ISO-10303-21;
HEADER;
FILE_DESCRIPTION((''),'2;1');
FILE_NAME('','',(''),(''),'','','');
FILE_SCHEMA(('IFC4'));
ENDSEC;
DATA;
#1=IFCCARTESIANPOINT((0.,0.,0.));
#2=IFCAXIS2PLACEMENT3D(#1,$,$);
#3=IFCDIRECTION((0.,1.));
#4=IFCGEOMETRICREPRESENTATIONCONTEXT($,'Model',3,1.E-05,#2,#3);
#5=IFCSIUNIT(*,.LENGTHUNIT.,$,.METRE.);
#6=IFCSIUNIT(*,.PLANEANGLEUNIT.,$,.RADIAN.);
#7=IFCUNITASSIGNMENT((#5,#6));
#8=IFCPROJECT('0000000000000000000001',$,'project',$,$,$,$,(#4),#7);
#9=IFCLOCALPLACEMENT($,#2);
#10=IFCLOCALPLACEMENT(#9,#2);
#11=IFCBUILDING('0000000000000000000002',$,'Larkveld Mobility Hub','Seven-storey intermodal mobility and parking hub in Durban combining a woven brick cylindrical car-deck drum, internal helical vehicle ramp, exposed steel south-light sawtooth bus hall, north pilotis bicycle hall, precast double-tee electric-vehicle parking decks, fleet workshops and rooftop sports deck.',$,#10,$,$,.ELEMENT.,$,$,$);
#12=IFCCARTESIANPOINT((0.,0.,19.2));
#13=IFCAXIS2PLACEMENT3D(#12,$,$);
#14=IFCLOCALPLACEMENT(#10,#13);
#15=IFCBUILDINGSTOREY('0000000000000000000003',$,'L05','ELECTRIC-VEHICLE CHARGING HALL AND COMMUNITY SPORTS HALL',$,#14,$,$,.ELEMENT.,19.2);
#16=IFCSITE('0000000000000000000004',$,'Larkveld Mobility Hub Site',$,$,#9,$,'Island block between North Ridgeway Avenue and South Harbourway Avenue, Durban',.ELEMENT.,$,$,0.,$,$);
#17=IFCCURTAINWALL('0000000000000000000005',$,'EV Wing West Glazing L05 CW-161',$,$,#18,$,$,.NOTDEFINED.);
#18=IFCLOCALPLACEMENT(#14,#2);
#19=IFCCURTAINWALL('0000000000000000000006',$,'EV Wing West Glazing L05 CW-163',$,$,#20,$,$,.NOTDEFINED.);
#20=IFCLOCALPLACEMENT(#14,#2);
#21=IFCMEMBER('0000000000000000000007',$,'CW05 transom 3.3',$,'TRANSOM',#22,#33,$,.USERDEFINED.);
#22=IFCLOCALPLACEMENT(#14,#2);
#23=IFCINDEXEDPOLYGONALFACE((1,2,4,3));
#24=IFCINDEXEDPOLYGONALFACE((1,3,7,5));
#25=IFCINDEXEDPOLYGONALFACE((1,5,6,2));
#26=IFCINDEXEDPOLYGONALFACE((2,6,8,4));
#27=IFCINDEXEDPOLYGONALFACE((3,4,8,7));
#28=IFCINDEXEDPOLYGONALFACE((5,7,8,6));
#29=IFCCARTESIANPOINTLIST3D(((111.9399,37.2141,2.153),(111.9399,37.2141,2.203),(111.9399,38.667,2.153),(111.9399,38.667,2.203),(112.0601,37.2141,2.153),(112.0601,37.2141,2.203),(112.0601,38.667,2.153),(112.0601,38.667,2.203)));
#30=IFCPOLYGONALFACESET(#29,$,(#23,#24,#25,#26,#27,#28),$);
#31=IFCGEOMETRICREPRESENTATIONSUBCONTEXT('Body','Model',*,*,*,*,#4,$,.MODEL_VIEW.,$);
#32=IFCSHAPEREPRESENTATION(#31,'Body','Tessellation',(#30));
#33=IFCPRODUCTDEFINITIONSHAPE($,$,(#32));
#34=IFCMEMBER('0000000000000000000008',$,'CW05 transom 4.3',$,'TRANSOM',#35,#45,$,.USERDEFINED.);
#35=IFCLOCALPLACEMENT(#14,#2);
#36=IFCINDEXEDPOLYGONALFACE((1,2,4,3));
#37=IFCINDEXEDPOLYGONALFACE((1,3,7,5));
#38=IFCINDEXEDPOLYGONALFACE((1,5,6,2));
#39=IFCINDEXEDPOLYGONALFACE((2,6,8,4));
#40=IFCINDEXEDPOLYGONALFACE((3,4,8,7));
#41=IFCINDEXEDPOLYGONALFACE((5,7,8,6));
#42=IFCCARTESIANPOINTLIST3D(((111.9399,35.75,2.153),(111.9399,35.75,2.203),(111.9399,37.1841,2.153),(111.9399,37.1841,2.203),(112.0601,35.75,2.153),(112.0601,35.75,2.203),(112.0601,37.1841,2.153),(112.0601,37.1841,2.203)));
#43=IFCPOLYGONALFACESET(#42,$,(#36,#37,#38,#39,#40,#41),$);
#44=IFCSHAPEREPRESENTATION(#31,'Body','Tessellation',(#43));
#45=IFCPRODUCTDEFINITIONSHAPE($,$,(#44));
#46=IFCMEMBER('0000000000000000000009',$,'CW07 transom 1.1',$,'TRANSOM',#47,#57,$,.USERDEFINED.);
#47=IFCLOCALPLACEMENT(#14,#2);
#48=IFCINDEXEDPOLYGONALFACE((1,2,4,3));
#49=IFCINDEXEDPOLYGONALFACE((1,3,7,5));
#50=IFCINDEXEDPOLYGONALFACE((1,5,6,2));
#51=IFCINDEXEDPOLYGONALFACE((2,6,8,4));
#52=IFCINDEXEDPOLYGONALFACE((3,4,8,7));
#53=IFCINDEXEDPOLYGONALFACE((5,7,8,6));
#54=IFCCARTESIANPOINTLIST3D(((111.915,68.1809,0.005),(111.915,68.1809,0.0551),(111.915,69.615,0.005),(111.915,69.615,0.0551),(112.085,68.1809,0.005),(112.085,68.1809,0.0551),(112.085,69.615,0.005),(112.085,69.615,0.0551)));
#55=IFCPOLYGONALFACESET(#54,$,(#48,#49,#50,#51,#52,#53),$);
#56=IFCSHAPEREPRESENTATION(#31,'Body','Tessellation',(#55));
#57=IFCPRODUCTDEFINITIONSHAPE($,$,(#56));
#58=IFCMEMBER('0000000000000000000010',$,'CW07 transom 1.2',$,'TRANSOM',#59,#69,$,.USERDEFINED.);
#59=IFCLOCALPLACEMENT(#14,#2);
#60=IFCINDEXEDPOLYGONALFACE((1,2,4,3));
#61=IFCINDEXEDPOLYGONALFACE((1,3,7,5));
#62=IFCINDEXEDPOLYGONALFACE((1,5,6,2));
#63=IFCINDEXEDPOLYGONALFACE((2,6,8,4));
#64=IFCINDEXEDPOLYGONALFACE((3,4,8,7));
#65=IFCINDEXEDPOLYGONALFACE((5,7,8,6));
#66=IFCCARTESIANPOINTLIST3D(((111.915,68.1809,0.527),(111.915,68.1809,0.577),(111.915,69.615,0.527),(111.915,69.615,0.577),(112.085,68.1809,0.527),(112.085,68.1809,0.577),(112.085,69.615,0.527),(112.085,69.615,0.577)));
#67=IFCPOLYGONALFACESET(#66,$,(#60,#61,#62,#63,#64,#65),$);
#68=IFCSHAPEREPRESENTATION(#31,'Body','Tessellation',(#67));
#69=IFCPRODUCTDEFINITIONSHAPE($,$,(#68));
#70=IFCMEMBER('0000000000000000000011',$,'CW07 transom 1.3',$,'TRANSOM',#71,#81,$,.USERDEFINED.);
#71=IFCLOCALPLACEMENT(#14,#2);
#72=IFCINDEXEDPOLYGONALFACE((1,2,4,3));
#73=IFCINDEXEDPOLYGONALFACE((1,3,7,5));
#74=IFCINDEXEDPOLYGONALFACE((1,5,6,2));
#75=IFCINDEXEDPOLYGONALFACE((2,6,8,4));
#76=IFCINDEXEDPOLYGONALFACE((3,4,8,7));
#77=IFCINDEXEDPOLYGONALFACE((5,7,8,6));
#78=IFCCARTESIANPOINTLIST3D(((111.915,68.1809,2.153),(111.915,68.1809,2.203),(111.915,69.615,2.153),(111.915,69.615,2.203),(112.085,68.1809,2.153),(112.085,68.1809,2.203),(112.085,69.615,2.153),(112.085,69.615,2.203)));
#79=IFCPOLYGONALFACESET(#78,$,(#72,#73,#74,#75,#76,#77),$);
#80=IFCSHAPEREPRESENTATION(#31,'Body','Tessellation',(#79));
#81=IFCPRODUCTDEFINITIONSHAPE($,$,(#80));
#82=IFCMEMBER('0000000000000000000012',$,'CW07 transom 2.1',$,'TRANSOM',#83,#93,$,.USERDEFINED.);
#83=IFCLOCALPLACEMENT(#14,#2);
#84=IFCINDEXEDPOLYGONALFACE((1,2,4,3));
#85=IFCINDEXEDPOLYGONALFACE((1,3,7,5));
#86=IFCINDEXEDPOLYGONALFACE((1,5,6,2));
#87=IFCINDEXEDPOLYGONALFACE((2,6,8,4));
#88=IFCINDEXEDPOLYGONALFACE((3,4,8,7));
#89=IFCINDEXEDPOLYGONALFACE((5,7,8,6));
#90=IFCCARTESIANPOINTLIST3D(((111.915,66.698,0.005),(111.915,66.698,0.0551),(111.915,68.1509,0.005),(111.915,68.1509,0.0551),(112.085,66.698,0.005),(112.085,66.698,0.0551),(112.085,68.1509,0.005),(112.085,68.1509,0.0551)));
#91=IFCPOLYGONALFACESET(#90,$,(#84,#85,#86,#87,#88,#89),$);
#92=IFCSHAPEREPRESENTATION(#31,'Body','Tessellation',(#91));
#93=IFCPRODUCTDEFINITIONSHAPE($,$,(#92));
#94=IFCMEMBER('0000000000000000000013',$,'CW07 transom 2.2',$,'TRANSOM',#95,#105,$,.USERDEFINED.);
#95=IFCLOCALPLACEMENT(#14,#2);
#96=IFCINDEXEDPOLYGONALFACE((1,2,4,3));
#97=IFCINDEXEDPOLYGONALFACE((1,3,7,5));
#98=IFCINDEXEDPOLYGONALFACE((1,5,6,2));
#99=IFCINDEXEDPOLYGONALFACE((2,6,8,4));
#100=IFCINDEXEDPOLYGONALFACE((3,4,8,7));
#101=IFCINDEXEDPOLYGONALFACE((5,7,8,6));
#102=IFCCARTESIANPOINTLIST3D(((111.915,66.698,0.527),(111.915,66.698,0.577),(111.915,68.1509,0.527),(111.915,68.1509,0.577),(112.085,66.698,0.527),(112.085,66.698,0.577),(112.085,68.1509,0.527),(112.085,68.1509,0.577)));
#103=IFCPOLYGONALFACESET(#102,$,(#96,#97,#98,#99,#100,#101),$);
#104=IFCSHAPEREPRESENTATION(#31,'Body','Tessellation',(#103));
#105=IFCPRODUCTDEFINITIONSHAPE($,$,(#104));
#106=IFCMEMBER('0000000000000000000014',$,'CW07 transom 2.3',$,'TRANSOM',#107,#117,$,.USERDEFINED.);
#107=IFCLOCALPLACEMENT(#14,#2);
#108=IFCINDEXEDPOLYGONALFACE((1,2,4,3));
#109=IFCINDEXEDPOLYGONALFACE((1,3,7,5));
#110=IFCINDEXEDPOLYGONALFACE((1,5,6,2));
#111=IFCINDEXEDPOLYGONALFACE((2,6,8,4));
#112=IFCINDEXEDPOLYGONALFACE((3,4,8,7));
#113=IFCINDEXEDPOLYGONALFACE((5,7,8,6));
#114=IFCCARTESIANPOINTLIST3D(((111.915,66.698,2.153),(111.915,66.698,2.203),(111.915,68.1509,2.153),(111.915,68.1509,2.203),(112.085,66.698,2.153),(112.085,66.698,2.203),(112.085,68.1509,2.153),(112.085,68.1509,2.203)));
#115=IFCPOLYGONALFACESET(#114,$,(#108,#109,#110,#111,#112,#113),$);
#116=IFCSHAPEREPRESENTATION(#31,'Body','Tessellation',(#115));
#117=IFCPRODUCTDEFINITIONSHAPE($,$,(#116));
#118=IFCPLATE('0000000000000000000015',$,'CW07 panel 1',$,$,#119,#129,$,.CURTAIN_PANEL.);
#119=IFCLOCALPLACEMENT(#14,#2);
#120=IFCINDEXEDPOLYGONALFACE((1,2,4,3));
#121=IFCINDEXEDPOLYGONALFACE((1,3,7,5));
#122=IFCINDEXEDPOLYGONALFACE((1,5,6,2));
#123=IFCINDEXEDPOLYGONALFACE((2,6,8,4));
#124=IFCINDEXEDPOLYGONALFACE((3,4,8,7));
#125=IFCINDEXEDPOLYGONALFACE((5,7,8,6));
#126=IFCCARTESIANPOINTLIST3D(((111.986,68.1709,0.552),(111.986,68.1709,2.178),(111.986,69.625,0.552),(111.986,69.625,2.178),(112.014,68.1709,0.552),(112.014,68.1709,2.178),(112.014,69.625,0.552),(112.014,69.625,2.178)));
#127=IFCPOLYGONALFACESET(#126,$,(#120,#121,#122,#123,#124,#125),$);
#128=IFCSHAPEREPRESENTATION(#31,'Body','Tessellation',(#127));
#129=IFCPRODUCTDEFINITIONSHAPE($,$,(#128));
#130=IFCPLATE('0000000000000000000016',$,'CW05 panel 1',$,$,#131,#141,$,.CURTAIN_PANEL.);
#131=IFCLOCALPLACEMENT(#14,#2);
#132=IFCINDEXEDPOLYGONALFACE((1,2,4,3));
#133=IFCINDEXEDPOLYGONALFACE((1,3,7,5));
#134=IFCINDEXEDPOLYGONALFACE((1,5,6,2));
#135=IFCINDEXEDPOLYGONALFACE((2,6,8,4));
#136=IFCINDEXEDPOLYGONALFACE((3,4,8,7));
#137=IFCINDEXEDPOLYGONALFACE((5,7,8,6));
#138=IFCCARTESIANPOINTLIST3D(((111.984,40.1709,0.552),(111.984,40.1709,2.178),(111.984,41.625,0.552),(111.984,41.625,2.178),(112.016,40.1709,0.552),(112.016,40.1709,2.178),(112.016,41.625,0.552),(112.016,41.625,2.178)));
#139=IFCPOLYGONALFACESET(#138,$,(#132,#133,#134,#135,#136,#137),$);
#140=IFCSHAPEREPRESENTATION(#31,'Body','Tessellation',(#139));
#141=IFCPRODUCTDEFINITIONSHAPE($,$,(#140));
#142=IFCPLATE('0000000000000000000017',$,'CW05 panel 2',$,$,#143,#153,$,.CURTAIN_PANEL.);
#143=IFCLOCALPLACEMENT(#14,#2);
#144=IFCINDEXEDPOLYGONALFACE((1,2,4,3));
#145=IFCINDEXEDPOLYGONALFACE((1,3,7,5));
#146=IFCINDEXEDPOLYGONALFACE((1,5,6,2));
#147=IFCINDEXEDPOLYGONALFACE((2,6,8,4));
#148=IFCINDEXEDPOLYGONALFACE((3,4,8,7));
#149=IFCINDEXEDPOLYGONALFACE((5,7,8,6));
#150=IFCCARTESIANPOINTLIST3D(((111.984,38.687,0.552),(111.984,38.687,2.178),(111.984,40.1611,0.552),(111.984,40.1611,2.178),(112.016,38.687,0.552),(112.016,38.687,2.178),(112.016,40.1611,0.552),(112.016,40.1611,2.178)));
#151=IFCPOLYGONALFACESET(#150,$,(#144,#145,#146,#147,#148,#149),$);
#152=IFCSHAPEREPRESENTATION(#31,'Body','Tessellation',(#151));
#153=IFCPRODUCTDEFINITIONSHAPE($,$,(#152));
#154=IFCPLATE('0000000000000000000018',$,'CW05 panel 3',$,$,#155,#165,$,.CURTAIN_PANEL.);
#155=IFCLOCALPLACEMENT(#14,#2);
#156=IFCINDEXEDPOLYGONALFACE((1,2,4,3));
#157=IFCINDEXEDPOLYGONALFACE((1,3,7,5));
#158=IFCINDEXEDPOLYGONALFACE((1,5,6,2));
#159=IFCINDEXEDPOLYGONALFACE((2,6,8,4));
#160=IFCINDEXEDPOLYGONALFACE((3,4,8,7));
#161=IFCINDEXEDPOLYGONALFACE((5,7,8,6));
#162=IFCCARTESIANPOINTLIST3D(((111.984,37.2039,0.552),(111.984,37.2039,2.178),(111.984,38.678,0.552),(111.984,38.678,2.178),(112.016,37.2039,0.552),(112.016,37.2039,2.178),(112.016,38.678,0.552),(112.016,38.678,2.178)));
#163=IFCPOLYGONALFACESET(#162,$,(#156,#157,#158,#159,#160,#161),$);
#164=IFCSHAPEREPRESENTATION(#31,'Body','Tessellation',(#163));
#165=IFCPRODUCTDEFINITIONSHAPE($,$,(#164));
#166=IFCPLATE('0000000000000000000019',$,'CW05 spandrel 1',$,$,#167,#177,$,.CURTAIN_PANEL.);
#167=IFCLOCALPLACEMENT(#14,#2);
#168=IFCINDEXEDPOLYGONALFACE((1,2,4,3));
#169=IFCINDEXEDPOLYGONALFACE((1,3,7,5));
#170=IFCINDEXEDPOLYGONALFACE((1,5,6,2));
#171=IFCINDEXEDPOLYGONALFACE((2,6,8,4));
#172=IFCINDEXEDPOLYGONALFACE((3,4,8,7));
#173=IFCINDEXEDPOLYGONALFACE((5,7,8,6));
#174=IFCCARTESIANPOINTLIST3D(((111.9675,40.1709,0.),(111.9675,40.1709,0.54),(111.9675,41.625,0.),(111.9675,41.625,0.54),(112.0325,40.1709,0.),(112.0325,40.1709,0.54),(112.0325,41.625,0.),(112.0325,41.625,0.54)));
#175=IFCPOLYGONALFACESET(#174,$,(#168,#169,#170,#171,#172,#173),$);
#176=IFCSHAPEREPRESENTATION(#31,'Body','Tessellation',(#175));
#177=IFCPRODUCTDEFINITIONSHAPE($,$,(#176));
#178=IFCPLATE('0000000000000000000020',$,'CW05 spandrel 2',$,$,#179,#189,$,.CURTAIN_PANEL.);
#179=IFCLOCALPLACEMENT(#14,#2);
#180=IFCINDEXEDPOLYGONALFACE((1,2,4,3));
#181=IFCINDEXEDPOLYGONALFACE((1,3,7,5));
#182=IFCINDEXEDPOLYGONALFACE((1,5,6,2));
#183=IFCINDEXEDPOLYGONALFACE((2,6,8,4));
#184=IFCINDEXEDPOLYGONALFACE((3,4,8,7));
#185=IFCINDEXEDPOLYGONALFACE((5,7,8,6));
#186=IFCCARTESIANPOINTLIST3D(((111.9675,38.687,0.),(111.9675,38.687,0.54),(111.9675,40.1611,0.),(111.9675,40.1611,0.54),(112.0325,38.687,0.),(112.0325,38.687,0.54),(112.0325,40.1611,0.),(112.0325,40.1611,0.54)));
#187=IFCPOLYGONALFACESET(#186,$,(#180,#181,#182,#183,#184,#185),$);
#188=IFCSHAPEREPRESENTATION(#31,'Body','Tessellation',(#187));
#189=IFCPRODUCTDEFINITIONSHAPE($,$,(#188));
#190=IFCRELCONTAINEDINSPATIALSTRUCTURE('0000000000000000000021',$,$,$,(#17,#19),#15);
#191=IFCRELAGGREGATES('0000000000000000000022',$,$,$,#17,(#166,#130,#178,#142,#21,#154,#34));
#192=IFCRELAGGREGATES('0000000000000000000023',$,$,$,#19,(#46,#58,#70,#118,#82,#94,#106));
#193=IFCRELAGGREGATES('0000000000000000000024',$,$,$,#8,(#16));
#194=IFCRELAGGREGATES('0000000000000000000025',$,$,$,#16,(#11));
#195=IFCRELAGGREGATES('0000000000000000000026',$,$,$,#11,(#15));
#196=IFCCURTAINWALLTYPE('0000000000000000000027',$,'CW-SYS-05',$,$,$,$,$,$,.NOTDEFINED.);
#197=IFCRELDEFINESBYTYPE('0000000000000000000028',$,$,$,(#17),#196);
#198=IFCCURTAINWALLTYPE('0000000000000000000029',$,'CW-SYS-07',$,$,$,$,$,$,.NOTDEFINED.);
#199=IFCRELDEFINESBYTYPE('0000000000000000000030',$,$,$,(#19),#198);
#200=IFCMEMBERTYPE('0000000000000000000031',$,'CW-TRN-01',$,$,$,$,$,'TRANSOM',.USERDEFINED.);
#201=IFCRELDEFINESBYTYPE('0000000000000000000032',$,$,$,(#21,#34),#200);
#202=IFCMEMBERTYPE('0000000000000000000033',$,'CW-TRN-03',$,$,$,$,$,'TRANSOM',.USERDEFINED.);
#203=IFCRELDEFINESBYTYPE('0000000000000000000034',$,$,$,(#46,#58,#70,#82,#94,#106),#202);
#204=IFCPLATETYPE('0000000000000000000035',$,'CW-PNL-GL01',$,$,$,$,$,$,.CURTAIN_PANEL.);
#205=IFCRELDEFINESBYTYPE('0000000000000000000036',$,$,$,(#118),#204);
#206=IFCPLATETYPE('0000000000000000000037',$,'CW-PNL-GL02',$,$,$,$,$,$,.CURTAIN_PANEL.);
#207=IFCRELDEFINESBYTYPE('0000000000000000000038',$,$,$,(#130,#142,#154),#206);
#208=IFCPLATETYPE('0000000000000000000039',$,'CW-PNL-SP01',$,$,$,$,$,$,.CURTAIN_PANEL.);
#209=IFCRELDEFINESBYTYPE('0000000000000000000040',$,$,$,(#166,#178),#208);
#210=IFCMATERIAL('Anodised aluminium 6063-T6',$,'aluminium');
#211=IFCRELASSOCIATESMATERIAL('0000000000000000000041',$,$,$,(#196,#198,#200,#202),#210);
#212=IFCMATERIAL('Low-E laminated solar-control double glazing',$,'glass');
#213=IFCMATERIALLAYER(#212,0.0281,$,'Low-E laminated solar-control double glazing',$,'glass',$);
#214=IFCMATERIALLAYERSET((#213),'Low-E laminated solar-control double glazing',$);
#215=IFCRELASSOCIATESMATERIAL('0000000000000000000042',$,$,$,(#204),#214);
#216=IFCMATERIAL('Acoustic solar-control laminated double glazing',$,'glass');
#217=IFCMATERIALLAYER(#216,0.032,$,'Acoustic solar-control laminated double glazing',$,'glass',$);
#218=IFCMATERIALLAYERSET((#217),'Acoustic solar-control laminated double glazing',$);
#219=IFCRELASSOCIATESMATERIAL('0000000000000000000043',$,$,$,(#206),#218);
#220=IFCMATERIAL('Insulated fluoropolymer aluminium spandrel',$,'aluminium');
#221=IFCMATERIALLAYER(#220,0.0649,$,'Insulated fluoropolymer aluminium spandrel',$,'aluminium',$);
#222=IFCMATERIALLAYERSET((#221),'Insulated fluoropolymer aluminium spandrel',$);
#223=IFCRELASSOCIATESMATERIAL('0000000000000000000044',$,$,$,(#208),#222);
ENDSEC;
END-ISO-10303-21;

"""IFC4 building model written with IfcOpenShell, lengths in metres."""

from ifc_helpers import new_model, si_unit, direction, frame, origin, origin_2d, place, context, subcontext, project, spatial, rectangle, extrude, material, layer, layer_set, material_profile, profile_set, type_object, element, aggregate, save


model = new_model("IFC4")

# Units and contexts
model_context = context("Model", 3, precision=1e-05, world=origin(), true_north=direction((0.0, 1.0)))
body_context = subcontext(model_context, "Body", "Model", "MODEL_VIEW")
ifc_project = project(units=[si_unit("LENGTHUNIT", "METRE"), si_unit("PLANEANGLEUNIT", "RADIAN")], contexts=[model_context])

# Site, building, storey
site_placement = place(None, origin())
site = spatial("IfcSite", under=ifc_project, at=site_placement, Name="Larkveld Mobility Hub Site", LongName="Island block between North Ridgeway Avenue and South Harbourway Avenue, Durban", CompositionType="ELEMENT", RefElevation=0.0)
building_placement = place(site_placement, origin())
building = spatial("IfcBuilding", under=site, at=building_placement, Name="Larkveld Mobility Hub", Description="Seven-storey intermodal mobility and parking hub in Durban combining a woven brick cylindrical car-deck drum, internal helical vehicle ramp, exposed steel south-light sawtooth bus hall, north pilotis bicycle hall, precast double-tee electric-vehicle parking decks, fleet workshops and rooftop sports deck.", CompositionType="ELEMENT")
storey_placement = place(building_placement, frame((0.0, 0.0, 19.2)))
storey = spatial("IfcBuildingStorey", under=building, at=storey_placement, Name="L05", Description="ELECTRIC-VEHICLE CHARGING HALL AND COMMUNITY SPORTS HALL", CompositionType="ELEMENT", Elevation=19.2)

# Curtain wall
ifc_material_1 = material(Name="Anodised aluminium 6063-T6", Category="aluminium")
curtain_wall_type_1 = type_object("IfcCurtainWallType", Name="CW-SYS-05", PredefinedType="NOTDEFINED", material=ifc_material_1)
curtain_wall_1_placement = place(storey_placement, origin())
curtain_wall_1 = element("IfcCurtainWall", 1, at=curtain_wall_1_placement, inside=storey, type_object=curtain_wall_type_1, Name="EV Wing West Glazing L05 CW-161", PredefinedType="NOTDEFINED")

# Curtain wall
curtain_wall_type_2 = type_object("IfcCurtainWallType", Name="CW-SYS-07", PredefinedType="NOTDEFINED", material=ifc_material_1)
curtain_wall_2_placement = place(storey_placement, origin())
curtain_wall_2 = element("IfcCurtainWall", 2, at=curtain_wall_2_placement, inside=storey, type_object=curtain_wall_type_2, Name="EV Wing West Glazing L05 CW-163", PredefinedType="NOTDEFINED")

# Members
ifc_material_profile_1 = material_profile(ifc_material_1, rectangle(XDim=0.1201, YDim=0.05, at=origin_2d()), Name="ALU TRAN 50x120")
ifc_profile_set_1 = profile_set([ifc_material_profile_1], Name="Anodised aluminium 6063-T6")
member_type_1 = type_object("IfcMemberType", Name="CW-TRN-01", ElementType="TRANSOM", PredefinedType="USERDEFINED", material=ifc_profile_set_1)
member_1_placement = place(storey_placement, frame((112.0, 38.667, 2.178), z_axis=(0.0, -1.0, 0.0), x_axis=(1.0, 0.0, 0.0)))
member_1 = element("IfcMember", 3, at=member_1_placement, type_object=member_type_1, Name="CW05 transom 3.3", ObjectType="TRANSOM", PredefinedType="USERDEFINED", context=body_context, shape_type="SweptSolid", body=[
    extrude(rectangle(XDim=0.1201, YDim=0.05, at=origin_2d()), origin(), (0.0, 0.0, 1.0), 1.4529),
])
member_2_placement = place(storey_placement, frame((112.0, 37.1841, 2.178), z_axis=(0.0, -1.0, 0.0), x_axis=(1.0, 0.0, 0.0)))
member_2 = element("IfcMember", 4, at=member_2_placement, type_object=member_type_1, Name="CW05 transom 4.3", ObjectType="TRANSOM", PredefinedType="USERDEFINED", context=body_context, shape_type="SweptSolid", body=[
    extrude(rectangle(XDim=0.1201, YDim=0.05, at=origin_2d()), origin(), (0.0, 0.0, 1.0), 1.4341),
])
ifc_material_profile_2 = material_profile(ifc_material_1, rectangle(XDim=0.1699, YDim=0.05, at=origin_2d()), Name="ALU TRAN 50x170")
ifc_profile_set_2 = profile_set([ifc_material_profile_2], Name="Anodised aluminium 6063-T6")
member_type_2 = type_object("IfcMemberType", Name="CW-TRN-03", ElementType="TRANSOM", PredefinedType="USERDEFINED", material=ifc_profile_set_2)
member_3_placement = place(storey_placement, frame((112.0, 69.615, 0.03), z_axis=(0.0, -1.0, 0.0), x_axis=(1.0, 0.0, 0.0)))
member_3 = element("IfcMember", 5, at=member_3_placement, type_object=member_type_2, Name="CW07 transom 1.1", ObjectType="TRANSOM", PredefinedType="USERDEFINED", context=body_context, shape_type="SweptSolid", body=[
    extrude(rectangle(XDim=0.1699, YDim=0.05, at=origin_2d()), origin(), (0.0, 0.0, 1.0), 1.4341),
])
member_4_placement = place(storey_placement, frame((112.0, 69.615, 0.552), z_axis=(0.0, -1.0, 0.0), x_axis=(1.0, 0.0, 0.0)))
member_4 = element("IfcMember", 6, at=member_4_placement, type_object=member_type_2, Name="CW07 transom 1.2", ObjectType="TRANSOM", PredefinedType="USERDEFINED", context=body_context, shape_type="SweptSolid", body=[
    extrude(rectangle(XDim=0.1699, YDim=0.05, at=origin_2d()), origin(), (0.0, 0.0, 1.0), 1.4341),
])
member_5_placement = place(storey_placement, frame((112.0, 69.615, 2.178), z_axis=(0.0, -1.0, 0.0), x_axis=(1.0, 0.0, 0.0)))
member_5 = element("IfcMember", 7, at=member_5_placement, type_object=member_type_2, Name="CW07 transom 1.3", ObjectType="TRANSOM", PredefinedType="USERDEFINED", context=body_context, shape_type="SweptSolid", body=[
    extrude(rectangle(XDim=0.1699, YDim=0.05, at=origin_2d()), origin(), (0.0, 0.0, 1.0), 1.4341),
])
member_6_placement = place(storey_placement, frame((112.0, 68.1509, 0.03), z_axis=(0.0, -1.0, 0.0), x_axis=(1.0, 0.0, 0.0)))
member_6 = element("IfcMember", 8, at=member_6_placement, type_object=member_type_2, Name="CW07 transom 2.1", ObjectType="TRANSOM", PredefinedType="USERDEFINED", context=body_context, shape_type="SweptSolid", body=[
    extrude(rectangle(XDim=0.1699, YDim=0.05, at=origin_2d()), origin(), (0.0, 0.0, 1.0), 1.4529),
])
member_7_placement = place(storey_placement, frame((112.0, 68.1509, 0.552), z_axis=(0.0, -1.0, 0.0), x_axis=(1.0, 0.0, 0.0)))
member_7 = element("IfcMember", 9, at=member_7_placement, type_object=member_type_2, Name="CW07 transom 2.2", ObjectType="TRANSOM", PredefinedType="USERDEFINED", context=body_context, shape_type="SweptSolid", body=[
    extrude(rectangle(XDim=0.1699, YDim=0.05, at=origin_2d()), origin(), (0.0, 0.0, 1.0), 1.4529),
])
member_8_placement = place(storey_placement, frame((112.0, 68.1509, 2.178), z_axis=(0.0, -1.0, 0.0), x_axis=(1.0, 0.0, 0.0)))
member_8 = element("IfcMember", 10, at=member_8_placement, type_object=member_type_2, Name="CW07 transom 2.3", ObjectType="TRANSOM", PredefinedType="USERDEFINED", context=body_context, shape_type="SweptSolid", body=[
    extrude(rectangle(XDim=0.1699, YDim=0.05, at=origin_2d()), origin(), (0.0, 0.0, 1.0), 1.4529),
])

# Plates
ifc_material_2 = material(Name="Low-E laminated solar-control double glazing", Category="glass")
ifc_layer_1 = layer(ifc_material_2, 0.0281, Name="Low-E laminated solar-control double glazing", Category="glass")
ifc_layer_set_1 = layer_set([ifc_layer_1], Name="Low-E laminated solar-control double glazing")
plate_type_1 = type_object("IfcPlateType", Name="CW-PNL-GL01", PredefinedType="CURTAIN_PANEL", material=ifc_layer_set_1)
plate_1_placement = place(storey_placement, frame((112.0, 68.8979, 0.552), z_axis=(0.0, 0.0, 1.0), x_axis=(0.0, -1.0, 0.0)))
plate_1 = element("IfcPlate", 11, at=plate_1_placement, type_object=plate_type_1, Name="CW07 panel 1", PredefinedType="CURTAIN_PANEL", context=body_context, shape_type="SweptSolid", body=[
    extrude(rectangle(XDim=1.4541, YDim=0.0281, at=origin_2d()), origin(), (0.0, 0.0, 1.0), 1.626),
])
ifc_material_3 = material(Name="Acoustic solar-control laminated double glazing", Category="glass")
ifc_layer_2 = layer(ifc_material_3, 0.032, Name="Acoustic solar-control laminated double glazing", Category="glass")
ifc_layer_set_2 = layer_set([ifc_layer_2], Name="Acoustic solar-control laminated double glazing")
plate_type_2 = type_object("IfcPlateType", Name="CW-PNL-GL02", PredefinedType="CURTAIN_PANEL", material=ifc_layer_set_2)
plate_2_placement = place(storey_placement, frame((112.0, 40.8979, 0.552), z_axis=(0.0, 0.0, 1.0), x_axis=(0.0, -1.0, 0.0)))
plate_2 = element("IfcPlate", 12, at=plate_2_placement, type_object=plate_type_2, Name="CW05 panel 1", PredefinedType="CURTAIN_PANEL", context=body_context, shape_type="SweptSolid", body=[
    extrude(rectangle(XDim=1.4541, YDim=0.032, at=origin_2d()), origin(), (0.0, 0.0, 1.0), 1.626),
])
plate_3_placement = place(storey_placement, frame((112.0, 39.4241, 0.552), z_axis=(0.0, 0.0, 1.0), x_axis=(0.0, -1.0, 0.0)))
plate_3 = element("IfcPlate", 13, at=plate_3_placement, type_object=plate_type_2, Name="CW05 panel 2", PredefinedType="CURTAIN_PANEL", context=body_context, shape_type="SweptSolid", body=[
    extrude(rectangle(XDim=1.4741, YDim=0.032, at=origin_2d()), origin(), (0.0, 0.0, 1.0), 1.626),
])
plate_4_placement = place(storey_placement, frame((112.0, 37.9409, 0.552), z_axis=(0.0, 0.0, 1.0), x_axis=(0.0, -1.0, 0.0)))
plate_4 = element("IfcPlate", 14, at=plate_4_placement, type_object=plate_type_2, Name="CW05 panel 3", PredefinedType="CURTAIN_PANEL", context=body_context, shape_type="SweptSolid", body=[
    extrude(rectangle(XDim=1.4741, YDim=0.032, at=origin_2d()), origin(), (0.0, 0.0, 1.0), 1.626),
])
ifc_material_4 = material(Name="Insulated fluoropolymer aluminium spandrel", Category="aluminium")
ifc_layer_3 = layer(ifc_material_4, 0.0649, Name="Insulated fluoropolymer aluminium spandrel", Category="aluminium")
ifc_layer_set_3 = layer_set([ifc_layer_3], Name="Insulated fluoropolymer aluminium spandrel")
plate_type_3 = type_object("IfcPlateType", Name="CW-PNL-SP01", PredefinedType="CURTAIN_PANEL", material=ifc_layer_set_3)
plate_5_placement = place(storey_placement, frame((112.0, 40.8979, 0.0), z_axis=(0.0, 0.0, 1.0), x_axis=(0.0, -1.0, 0.0)))
plate_5 = element("IfcPlate", 15, at=plate_5_placement, type_object=plate_type_3, Name="CW05 spandrel 1", PredefinedType="CURTAIN_PANEL", context=body_context, shape_type="SweptSolid", body=[
    extrude(rectangle(XDim=1.4541, YDim=0.0649, at=origin_2d()), origin(), (0.0, 0.0, 1.0), 0.54),
])
plate_6_placement = place(storey_placement, frame((112.0, 39.4241, 0.0), z_axis=(0.0, 0.0, 1.0), x_axis=(0.0, -1.0, 0.0)))
plate_6 = element("IfcPlate", 16, at=plate_6_placement, type_object=plate_type_3, Name="CW05 spandrel 2", PredefinedType="CURTAIN_PANEL", context=body_context, shape_type="SweptSolid", body=[
    extrude(rectangle(XDim=1.4741, YDim=0.0649, at=origin_2d()), origin(), (0.0, 0.0, 1.0), 0.54),
])
aggregate(curtain_wall_1, [plate_5, plate_2, plate_6, plate_3, member_1, plate_4, member_2])
aggregate(curtain_wall_2, [member_3, member_4, member_5, plate_1, member_6, member_7, member_8])

save(model, "model.ifc")
